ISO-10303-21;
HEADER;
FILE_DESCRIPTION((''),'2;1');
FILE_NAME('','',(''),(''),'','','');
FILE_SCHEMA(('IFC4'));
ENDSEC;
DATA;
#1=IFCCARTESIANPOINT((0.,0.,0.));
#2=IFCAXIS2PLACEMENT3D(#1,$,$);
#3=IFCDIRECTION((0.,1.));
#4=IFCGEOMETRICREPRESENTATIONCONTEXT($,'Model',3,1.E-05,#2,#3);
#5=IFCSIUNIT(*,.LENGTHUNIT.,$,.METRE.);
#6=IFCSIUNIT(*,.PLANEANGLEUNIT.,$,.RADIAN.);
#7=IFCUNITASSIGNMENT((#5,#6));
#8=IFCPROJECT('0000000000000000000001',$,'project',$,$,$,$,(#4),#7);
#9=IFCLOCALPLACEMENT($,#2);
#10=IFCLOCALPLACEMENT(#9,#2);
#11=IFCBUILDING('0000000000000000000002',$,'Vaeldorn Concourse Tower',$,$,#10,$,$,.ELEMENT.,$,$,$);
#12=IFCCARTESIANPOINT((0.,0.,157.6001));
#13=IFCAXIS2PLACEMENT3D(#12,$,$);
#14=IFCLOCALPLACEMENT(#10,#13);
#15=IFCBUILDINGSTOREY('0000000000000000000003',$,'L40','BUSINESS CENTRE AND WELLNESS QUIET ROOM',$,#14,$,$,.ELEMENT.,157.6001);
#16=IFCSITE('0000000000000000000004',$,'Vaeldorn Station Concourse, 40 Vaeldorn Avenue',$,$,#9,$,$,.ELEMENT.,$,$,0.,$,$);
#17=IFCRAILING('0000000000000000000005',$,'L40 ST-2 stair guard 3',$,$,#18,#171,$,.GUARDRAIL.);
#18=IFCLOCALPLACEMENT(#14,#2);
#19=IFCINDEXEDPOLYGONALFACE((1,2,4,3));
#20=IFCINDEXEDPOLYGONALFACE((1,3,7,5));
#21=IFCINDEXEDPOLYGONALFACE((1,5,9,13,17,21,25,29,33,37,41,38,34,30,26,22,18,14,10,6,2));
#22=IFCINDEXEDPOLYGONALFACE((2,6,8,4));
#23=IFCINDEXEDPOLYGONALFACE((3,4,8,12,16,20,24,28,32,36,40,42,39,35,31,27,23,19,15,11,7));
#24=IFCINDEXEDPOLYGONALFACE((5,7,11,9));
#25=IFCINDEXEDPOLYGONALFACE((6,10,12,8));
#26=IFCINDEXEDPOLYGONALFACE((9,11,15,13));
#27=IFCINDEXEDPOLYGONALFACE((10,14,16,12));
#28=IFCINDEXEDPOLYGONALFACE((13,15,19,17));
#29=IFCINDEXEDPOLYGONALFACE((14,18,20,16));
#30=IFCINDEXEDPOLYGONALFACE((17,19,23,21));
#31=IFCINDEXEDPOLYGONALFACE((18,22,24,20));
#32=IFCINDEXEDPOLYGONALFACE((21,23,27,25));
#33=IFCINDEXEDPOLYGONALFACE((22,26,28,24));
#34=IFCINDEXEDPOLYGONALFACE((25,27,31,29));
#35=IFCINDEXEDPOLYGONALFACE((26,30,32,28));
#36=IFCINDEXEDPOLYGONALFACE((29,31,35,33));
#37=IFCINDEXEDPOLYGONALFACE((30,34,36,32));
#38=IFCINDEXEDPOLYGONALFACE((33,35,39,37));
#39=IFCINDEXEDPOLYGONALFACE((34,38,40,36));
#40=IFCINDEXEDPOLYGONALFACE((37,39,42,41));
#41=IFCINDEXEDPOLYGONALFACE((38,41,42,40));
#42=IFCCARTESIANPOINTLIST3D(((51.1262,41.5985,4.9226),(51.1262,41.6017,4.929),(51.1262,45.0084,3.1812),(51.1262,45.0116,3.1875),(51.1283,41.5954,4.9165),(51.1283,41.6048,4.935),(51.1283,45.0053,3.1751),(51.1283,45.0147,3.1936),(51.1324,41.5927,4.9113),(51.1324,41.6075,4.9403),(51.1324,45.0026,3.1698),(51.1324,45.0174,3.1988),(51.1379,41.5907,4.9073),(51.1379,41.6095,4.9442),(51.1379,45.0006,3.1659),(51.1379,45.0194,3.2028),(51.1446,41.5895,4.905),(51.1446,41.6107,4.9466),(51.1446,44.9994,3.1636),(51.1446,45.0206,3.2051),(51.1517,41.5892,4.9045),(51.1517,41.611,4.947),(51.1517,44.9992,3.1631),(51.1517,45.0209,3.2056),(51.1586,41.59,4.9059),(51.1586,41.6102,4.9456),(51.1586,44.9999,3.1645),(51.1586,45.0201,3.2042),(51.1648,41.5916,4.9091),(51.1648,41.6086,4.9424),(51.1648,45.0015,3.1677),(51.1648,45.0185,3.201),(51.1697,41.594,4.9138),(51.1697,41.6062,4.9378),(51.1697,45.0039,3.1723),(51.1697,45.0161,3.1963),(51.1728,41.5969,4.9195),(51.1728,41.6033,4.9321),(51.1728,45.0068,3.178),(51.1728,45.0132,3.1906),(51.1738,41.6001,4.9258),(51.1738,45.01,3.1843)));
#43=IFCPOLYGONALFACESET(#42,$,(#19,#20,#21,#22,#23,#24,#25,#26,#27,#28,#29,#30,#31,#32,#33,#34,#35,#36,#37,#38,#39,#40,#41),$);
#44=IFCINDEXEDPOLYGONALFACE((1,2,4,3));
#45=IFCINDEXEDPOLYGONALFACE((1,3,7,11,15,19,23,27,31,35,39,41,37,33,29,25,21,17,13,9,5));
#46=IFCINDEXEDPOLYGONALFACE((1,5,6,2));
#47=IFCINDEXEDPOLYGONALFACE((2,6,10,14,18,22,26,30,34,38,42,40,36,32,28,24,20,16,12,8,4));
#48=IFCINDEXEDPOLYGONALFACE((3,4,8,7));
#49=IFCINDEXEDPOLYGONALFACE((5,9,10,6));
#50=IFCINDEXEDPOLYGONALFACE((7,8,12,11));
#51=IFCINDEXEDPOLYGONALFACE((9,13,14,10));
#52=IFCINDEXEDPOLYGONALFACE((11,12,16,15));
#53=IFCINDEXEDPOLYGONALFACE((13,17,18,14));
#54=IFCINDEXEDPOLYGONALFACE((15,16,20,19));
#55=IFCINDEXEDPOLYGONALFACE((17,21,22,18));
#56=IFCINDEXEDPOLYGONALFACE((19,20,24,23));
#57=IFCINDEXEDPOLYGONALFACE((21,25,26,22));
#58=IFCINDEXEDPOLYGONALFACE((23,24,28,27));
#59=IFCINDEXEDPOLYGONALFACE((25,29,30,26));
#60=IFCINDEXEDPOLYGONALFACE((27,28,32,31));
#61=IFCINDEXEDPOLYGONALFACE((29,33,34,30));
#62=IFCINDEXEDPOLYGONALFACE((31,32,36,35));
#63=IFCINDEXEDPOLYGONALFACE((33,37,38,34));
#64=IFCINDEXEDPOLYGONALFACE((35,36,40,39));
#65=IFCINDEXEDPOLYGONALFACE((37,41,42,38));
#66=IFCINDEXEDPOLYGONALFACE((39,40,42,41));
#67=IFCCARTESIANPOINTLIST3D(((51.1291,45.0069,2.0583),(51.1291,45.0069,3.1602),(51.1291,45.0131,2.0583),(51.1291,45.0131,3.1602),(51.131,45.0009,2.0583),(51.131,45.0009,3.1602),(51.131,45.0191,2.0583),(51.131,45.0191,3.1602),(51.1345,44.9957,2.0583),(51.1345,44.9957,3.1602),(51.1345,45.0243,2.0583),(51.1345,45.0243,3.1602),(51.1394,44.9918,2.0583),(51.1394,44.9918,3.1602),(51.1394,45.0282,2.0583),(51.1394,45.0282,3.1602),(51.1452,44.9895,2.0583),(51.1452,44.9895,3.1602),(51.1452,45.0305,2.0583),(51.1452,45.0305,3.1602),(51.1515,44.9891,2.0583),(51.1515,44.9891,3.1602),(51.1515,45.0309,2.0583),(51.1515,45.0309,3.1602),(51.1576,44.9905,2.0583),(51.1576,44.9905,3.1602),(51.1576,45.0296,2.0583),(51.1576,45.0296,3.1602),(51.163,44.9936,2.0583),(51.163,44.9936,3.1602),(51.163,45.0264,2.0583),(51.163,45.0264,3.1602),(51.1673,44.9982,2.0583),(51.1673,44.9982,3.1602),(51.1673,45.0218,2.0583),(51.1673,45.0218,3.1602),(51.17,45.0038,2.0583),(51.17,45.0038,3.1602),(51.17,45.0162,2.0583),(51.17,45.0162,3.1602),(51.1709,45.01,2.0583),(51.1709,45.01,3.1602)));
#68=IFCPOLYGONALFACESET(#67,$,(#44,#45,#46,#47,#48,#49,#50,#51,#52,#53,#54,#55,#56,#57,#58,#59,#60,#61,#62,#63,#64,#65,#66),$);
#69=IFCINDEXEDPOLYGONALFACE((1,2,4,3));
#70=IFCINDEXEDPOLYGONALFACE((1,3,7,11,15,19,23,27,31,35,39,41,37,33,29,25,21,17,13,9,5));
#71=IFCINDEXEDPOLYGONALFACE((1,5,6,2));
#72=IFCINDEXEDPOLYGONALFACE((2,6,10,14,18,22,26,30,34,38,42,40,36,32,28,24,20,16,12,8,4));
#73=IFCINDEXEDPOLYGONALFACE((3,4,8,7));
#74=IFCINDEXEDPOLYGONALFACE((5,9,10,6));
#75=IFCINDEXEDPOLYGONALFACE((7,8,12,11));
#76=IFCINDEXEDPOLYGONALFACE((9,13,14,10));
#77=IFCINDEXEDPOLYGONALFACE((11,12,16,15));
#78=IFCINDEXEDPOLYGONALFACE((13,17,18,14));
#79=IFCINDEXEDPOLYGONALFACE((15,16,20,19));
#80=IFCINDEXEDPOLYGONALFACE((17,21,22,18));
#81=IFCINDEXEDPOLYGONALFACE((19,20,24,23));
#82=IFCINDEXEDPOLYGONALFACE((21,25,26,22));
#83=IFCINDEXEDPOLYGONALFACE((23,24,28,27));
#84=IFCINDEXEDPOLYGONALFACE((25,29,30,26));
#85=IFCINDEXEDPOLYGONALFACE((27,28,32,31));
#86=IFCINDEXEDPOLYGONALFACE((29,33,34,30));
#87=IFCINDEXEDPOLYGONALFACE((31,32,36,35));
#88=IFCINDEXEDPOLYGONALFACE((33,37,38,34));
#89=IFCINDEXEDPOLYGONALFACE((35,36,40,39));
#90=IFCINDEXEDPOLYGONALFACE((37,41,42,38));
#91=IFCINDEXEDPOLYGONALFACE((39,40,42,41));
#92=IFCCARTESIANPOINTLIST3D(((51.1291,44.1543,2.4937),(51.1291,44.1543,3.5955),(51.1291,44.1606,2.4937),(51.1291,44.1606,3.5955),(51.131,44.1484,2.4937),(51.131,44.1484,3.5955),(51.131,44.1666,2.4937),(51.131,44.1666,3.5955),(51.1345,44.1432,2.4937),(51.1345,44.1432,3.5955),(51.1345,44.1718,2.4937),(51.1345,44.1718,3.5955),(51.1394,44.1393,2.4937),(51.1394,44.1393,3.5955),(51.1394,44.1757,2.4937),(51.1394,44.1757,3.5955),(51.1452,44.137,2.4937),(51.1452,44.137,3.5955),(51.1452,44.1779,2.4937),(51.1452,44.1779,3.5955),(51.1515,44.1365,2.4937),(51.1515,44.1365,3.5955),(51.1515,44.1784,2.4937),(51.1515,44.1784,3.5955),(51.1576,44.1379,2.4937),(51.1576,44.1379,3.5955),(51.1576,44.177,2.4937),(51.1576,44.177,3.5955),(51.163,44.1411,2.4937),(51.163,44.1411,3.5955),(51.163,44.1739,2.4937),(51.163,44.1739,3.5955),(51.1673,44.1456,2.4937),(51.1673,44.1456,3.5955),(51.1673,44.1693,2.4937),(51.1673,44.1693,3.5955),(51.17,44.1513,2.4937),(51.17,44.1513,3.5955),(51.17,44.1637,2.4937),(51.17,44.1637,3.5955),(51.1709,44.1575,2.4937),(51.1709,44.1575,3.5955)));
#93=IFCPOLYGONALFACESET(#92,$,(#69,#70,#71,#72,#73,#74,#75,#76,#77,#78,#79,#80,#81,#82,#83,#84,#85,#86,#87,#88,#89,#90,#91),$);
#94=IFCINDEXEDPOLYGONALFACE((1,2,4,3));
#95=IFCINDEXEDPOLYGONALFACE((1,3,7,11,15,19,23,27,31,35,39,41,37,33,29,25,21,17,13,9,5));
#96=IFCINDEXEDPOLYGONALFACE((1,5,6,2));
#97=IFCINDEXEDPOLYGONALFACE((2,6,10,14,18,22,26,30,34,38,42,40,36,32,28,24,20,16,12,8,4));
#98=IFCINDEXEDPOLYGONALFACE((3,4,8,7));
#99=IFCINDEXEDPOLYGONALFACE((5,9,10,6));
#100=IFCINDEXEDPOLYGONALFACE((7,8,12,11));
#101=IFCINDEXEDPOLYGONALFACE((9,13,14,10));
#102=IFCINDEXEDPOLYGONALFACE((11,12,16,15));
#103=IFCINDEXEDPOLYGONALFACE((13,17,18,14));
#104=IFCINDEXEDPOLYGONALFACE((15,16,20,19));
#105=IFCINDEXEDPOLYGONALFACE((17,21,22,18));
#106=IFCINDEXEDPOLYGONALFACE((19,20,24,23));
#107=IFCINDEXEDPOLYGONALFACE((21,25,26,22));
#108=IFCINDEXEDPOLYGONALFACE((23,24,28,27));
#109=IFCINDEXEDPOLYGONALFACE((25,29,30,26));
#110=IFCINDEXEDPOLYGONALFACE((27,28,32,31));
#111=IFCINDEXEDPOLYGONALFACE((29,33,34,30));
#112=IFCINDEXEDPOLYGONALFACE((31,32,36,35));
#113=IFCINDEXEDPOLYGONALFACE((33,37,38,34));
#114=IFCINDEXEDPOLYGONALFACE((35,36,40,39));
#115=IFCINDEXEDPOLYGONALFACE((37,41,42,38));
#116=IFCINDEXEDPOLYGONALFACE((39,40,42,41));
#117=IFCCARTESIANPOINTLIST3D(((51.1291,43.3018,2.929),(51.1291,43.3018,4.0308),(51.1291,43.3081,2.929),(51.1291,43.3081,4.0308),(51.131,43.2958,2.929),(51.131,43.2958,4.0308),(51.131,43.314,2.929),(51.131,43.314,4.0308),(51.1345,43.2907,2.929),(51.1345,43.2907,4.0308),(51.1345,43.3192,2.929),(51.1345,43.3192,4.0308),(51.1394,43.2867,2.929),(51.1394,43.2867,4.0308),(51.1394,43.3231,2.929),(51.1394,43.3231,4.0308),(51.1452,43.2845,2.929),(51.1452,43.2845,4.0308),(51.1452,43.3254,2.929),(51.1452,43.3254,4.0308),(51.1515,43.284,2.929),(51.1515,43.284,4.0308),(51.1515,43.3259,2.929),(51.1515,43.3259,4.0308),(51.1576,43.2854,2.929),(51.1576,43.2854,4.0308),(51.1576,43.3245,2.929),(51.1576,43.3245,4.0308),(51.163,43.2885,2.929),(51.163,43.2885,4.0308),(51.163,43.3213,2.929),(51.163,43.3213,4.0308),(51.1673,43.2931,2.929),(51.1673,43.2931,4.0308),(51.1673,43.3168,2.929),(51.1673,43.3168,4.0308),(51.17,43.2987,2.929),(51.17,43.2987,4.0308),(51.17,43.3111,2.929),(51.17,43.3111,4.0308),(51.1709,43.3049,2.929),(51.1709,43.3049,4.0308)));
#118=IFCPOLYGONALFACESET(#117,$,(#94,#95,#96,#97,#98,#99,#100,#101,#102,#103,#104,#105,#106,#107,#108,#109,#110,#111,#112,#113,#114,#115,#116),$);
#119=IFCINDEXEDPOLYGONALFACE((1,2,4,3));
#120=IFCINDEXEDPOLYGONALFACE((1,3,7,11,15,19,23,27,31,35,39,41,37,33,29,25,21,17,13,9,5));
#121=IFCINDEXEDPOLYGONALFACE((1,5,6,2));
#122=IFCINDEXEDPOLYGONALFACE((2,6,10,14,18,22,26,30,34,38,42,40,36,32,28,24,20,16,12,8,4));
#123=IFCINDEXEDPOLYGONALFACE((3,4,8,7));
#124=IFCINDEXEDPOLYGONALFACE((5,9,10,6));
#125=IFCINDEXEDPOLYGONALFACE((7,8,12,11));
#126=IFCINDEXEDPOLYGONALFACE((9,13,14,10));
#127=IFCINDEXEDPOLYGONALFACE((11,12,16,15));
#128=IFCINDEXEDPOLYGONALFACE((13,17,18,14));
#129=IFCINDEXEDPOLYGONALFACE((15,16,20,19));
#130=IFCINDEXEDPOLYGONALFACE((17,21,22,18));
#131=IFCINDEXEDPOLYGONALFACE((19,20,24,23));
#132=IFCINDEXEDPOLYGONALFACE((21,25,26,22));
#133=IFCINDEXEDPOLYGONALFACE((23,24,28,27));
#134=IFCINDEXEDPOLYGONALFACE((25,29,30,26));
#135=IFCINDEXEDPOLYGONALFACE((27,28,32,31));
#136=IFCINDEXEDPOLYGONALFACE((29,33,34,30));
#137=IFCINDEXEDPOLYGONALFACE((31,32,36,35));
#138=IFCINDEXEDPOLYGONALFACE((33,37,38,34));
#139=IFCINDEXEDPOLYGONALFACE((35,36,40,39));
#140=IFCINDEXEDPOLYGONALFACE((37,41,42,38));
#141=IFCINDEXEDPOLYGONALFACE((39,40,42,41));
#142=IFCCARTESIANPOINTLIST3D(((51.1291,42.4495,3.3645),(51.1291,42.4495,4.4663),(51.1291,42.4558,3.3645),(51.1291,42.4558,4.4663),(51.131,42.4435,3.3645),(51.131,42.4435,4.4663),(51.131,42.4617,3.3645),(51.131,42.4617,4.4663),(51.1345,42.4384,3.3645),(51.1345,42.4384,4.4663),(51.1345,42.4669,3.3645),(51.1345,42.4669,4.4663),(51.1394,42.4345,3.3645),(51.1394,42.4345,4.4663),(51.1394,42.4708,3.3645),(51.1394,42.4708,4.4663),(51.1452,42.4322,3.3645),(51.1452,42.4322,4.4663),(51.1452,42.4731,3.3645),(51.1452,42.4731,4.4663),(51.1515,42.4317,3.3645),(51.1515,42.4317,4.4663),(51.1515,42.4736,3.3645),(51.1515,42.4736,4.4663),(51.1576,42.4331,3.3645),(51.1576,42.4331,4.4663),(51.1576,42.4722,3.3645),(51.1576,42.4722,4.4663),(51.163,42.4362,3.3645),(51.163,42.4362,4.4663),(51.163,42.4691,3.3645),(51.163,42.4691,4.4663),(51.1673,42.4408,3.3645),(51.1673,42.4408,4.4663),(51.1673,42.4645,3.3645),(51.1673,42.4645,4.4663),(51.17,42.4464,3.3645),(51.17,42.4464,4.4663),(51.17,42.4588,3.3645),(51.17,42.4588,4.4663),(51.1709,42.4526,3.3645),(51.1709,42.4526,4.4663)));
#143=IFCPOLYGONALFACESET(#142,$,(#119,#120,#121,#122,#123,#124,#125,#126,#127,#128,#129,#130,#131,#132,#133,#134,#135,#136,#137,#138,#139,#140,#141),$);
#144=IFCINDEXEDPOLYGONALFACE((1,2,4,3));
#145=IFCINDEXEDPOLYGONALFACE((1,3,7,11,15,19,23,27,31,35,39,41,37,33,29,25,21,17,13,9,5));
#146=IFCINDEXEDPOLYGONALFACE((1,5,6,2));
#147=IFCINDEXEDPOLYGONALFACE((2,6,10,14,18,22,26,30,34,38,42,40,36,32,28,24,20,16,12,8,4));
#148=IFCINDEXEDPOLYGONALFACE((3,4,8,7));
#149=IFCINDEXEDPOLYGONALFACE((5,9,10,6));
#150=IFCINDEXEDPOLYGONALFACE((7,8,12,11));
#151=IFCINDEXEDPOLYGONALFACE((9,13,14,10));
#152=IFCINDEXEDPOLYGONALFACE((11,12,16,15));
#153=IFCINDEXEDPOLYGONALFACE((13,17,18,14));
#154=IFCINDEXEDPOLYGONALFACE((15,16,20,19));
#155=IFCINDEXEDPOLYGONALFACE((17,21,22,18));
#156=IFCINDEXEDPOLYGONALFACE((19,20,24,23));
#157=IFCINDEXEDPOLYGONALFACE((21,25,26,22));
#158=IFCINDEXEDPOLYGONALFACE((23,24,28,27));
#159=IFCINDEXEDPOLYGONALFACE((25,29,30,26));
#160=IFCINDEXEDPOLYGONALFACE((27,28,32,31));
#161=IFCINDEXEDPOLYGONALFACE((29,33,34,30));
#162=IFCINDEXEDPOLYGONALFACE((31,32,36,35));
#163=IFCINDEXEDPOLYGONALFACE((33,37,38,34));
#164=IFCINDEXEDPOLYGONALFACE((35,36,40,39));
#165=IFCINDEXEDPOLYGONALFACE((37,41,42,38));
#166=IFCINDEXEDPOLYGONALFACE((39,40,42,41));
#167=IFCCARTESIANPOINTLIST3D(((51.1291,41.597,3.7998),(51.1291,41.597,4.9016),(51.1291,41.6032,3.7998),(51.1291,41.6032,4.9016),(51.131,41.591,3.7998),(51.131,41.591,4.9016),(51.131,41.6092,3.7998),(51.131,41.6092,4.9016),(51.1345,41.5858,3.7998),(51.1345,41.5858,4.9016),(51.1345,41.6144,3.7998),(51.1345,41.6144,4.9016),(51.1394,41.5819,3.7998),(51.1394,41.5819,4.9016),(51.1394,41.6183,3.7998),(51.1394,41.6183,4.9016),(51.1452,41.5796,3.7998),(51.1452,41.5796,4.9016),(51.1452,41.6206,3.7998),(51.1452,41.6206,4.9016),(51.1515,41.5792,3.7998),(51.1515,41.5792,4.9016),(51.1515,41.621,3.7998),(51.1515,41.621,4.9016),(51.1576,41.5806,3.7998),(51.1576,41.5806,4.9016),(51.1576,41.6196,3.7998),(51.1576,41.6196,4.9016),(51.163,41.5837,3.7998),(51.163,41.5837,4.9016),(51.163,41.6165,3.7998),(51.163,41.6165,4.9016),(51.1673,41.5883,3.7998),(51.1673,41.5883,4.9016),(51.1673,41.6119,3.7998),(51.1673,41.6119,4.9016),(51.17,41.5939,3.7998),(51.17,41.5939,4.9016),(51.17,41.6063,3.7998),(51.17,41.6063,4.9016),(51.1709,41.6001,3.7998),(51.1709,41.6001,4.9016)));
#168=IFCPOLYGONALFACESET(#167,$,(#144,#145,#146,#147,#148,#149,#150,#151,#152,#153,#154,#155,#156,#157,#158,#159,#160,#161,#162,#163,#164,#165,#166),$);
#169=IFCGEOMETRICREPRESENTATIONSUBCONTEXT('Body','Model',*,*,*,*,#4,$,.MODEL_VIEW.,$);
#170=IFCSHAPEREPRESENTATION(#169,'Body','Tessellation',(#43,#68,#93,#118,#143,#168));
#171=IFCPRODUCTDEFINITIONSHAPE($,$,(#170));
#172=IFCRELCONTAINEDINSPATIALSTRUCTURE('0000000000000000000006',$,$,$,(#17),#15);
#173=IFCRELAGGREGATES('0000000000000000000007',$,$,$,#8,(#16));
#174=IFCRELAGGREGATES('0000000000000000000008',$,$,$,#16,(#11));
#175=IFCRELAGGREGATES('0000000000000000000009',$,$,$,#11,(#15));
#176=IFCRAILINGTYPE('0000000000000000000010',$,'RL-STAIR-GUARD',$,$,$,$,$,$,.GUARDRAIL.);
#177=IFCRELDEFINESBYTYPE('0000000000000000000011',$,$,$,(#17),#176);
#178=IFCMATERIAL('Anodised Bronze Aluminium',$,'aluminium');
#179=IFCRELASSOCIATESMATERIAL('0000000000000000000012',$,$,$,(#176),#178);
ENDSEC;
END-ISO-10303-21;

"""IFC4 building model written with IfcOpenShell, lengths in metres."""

from ifc_helpers import new_model, si_unit, direction, frame, origin, origin_2d, place, context, subcontext, project, spatial, circle, extrude, material, type_object, element, save


model = new_model("IFC4")

# Units and contexts
model_context = context("Model", 3, precision=1e-05, world=origin(), true_north=direction((0.0, 1.0)))
body_context = subcontext(model_context, "Body", "Model", "MODEL_VIEW")
ifc_project = project(units=[si_unit("LENGTHUNIT", "METRE"), si_unit("PLANEANGLEUNIT", "RADIAN")], contexts=[model_context])

# Site, building, storey
site_placement = place(None, origin())
site = spatial("IfcSite", under=ifc_project, at=site_placement, Name="Vaeldorn Station Concourse, 40 Vaeldorn Avenue", CompositionType="ELEMENT", RefElevation=0.0)
building_placement = place(site_placement, origin())
building = spatial("IfcBuilding", under=site, at=building_placement, Name="Vaeldorn Concourse Tower", CompositionType="ELEMENT")
storey_placement = place(building_placement, frame((0.0, 0.0, 157.6001)))
storey = spatial("IfcBuildingStorey", under=building, at=storey_placement, Name="L40", Description="BUSINESS CENTRE AND WELLNESS QUIET ROOM", CompositionType="ELEMENT", Elevation=157.6001)

# Shared definitions
ifc_material_1 = material(Name="Anodised Bronze Aluminium", Category="aluminium")

# Railing
railing_type_1 = type_object("IfcRailingType", Name="RL-STAIR-GUARD", PredefinedType="GUARDRAIL", material=ifc_material_1)
railing_1_placement = place(storey_placement, frame((51.1499, 45.01, 2.0583)))
element("IfcRailing", 1, at=railing_1_placement, inside=storey, type_object=railing_type_1, Name="L40 ST-2 stair guard 3", PredefinedType="GUARDRAIL", context=body_context, shape_type="SweptSolid", body=[
    extrude(circle(Radius=0.0239, at=origin_2d()), frame((0.0, 0.0, 1.126), z_axis=(0.0, -0.890582, 0.454823), x_axis=(1.0, 0.0, 0.0)), (0.0, 0.0, 1.0), 3.8289),
    extrude(circle(Radius=0.021, at=origin_2d()), origin(), (0.0, 0.0, 1.0), 1.1018),
    extrude(circle(Radius=0.021, at=origin_2d()), frame((0.0, -0.8525, 0.4353)), (0.0, 0.0, 1.0), 1.1018),
    extrude(circle(Radius=0.021, at=origin_2d()), frame((0.0, -1.7051, 0.8706)), (0.0, 0.0, 1.0), 1.1018),
    extrude(circle(Radius=0.021, at=origin_2d()), frame((0.0, -2.5574, 1.3062)), (0.0, 0.0, 1.0), 1.1018),
    extrude(circle(Radius=0.021, at=origin_2d()), frame((0.0, -3.4099, 1.7415)), (0.0, 0.0, 1.0), 1.1018),
])

save(model, "model.ifc")
